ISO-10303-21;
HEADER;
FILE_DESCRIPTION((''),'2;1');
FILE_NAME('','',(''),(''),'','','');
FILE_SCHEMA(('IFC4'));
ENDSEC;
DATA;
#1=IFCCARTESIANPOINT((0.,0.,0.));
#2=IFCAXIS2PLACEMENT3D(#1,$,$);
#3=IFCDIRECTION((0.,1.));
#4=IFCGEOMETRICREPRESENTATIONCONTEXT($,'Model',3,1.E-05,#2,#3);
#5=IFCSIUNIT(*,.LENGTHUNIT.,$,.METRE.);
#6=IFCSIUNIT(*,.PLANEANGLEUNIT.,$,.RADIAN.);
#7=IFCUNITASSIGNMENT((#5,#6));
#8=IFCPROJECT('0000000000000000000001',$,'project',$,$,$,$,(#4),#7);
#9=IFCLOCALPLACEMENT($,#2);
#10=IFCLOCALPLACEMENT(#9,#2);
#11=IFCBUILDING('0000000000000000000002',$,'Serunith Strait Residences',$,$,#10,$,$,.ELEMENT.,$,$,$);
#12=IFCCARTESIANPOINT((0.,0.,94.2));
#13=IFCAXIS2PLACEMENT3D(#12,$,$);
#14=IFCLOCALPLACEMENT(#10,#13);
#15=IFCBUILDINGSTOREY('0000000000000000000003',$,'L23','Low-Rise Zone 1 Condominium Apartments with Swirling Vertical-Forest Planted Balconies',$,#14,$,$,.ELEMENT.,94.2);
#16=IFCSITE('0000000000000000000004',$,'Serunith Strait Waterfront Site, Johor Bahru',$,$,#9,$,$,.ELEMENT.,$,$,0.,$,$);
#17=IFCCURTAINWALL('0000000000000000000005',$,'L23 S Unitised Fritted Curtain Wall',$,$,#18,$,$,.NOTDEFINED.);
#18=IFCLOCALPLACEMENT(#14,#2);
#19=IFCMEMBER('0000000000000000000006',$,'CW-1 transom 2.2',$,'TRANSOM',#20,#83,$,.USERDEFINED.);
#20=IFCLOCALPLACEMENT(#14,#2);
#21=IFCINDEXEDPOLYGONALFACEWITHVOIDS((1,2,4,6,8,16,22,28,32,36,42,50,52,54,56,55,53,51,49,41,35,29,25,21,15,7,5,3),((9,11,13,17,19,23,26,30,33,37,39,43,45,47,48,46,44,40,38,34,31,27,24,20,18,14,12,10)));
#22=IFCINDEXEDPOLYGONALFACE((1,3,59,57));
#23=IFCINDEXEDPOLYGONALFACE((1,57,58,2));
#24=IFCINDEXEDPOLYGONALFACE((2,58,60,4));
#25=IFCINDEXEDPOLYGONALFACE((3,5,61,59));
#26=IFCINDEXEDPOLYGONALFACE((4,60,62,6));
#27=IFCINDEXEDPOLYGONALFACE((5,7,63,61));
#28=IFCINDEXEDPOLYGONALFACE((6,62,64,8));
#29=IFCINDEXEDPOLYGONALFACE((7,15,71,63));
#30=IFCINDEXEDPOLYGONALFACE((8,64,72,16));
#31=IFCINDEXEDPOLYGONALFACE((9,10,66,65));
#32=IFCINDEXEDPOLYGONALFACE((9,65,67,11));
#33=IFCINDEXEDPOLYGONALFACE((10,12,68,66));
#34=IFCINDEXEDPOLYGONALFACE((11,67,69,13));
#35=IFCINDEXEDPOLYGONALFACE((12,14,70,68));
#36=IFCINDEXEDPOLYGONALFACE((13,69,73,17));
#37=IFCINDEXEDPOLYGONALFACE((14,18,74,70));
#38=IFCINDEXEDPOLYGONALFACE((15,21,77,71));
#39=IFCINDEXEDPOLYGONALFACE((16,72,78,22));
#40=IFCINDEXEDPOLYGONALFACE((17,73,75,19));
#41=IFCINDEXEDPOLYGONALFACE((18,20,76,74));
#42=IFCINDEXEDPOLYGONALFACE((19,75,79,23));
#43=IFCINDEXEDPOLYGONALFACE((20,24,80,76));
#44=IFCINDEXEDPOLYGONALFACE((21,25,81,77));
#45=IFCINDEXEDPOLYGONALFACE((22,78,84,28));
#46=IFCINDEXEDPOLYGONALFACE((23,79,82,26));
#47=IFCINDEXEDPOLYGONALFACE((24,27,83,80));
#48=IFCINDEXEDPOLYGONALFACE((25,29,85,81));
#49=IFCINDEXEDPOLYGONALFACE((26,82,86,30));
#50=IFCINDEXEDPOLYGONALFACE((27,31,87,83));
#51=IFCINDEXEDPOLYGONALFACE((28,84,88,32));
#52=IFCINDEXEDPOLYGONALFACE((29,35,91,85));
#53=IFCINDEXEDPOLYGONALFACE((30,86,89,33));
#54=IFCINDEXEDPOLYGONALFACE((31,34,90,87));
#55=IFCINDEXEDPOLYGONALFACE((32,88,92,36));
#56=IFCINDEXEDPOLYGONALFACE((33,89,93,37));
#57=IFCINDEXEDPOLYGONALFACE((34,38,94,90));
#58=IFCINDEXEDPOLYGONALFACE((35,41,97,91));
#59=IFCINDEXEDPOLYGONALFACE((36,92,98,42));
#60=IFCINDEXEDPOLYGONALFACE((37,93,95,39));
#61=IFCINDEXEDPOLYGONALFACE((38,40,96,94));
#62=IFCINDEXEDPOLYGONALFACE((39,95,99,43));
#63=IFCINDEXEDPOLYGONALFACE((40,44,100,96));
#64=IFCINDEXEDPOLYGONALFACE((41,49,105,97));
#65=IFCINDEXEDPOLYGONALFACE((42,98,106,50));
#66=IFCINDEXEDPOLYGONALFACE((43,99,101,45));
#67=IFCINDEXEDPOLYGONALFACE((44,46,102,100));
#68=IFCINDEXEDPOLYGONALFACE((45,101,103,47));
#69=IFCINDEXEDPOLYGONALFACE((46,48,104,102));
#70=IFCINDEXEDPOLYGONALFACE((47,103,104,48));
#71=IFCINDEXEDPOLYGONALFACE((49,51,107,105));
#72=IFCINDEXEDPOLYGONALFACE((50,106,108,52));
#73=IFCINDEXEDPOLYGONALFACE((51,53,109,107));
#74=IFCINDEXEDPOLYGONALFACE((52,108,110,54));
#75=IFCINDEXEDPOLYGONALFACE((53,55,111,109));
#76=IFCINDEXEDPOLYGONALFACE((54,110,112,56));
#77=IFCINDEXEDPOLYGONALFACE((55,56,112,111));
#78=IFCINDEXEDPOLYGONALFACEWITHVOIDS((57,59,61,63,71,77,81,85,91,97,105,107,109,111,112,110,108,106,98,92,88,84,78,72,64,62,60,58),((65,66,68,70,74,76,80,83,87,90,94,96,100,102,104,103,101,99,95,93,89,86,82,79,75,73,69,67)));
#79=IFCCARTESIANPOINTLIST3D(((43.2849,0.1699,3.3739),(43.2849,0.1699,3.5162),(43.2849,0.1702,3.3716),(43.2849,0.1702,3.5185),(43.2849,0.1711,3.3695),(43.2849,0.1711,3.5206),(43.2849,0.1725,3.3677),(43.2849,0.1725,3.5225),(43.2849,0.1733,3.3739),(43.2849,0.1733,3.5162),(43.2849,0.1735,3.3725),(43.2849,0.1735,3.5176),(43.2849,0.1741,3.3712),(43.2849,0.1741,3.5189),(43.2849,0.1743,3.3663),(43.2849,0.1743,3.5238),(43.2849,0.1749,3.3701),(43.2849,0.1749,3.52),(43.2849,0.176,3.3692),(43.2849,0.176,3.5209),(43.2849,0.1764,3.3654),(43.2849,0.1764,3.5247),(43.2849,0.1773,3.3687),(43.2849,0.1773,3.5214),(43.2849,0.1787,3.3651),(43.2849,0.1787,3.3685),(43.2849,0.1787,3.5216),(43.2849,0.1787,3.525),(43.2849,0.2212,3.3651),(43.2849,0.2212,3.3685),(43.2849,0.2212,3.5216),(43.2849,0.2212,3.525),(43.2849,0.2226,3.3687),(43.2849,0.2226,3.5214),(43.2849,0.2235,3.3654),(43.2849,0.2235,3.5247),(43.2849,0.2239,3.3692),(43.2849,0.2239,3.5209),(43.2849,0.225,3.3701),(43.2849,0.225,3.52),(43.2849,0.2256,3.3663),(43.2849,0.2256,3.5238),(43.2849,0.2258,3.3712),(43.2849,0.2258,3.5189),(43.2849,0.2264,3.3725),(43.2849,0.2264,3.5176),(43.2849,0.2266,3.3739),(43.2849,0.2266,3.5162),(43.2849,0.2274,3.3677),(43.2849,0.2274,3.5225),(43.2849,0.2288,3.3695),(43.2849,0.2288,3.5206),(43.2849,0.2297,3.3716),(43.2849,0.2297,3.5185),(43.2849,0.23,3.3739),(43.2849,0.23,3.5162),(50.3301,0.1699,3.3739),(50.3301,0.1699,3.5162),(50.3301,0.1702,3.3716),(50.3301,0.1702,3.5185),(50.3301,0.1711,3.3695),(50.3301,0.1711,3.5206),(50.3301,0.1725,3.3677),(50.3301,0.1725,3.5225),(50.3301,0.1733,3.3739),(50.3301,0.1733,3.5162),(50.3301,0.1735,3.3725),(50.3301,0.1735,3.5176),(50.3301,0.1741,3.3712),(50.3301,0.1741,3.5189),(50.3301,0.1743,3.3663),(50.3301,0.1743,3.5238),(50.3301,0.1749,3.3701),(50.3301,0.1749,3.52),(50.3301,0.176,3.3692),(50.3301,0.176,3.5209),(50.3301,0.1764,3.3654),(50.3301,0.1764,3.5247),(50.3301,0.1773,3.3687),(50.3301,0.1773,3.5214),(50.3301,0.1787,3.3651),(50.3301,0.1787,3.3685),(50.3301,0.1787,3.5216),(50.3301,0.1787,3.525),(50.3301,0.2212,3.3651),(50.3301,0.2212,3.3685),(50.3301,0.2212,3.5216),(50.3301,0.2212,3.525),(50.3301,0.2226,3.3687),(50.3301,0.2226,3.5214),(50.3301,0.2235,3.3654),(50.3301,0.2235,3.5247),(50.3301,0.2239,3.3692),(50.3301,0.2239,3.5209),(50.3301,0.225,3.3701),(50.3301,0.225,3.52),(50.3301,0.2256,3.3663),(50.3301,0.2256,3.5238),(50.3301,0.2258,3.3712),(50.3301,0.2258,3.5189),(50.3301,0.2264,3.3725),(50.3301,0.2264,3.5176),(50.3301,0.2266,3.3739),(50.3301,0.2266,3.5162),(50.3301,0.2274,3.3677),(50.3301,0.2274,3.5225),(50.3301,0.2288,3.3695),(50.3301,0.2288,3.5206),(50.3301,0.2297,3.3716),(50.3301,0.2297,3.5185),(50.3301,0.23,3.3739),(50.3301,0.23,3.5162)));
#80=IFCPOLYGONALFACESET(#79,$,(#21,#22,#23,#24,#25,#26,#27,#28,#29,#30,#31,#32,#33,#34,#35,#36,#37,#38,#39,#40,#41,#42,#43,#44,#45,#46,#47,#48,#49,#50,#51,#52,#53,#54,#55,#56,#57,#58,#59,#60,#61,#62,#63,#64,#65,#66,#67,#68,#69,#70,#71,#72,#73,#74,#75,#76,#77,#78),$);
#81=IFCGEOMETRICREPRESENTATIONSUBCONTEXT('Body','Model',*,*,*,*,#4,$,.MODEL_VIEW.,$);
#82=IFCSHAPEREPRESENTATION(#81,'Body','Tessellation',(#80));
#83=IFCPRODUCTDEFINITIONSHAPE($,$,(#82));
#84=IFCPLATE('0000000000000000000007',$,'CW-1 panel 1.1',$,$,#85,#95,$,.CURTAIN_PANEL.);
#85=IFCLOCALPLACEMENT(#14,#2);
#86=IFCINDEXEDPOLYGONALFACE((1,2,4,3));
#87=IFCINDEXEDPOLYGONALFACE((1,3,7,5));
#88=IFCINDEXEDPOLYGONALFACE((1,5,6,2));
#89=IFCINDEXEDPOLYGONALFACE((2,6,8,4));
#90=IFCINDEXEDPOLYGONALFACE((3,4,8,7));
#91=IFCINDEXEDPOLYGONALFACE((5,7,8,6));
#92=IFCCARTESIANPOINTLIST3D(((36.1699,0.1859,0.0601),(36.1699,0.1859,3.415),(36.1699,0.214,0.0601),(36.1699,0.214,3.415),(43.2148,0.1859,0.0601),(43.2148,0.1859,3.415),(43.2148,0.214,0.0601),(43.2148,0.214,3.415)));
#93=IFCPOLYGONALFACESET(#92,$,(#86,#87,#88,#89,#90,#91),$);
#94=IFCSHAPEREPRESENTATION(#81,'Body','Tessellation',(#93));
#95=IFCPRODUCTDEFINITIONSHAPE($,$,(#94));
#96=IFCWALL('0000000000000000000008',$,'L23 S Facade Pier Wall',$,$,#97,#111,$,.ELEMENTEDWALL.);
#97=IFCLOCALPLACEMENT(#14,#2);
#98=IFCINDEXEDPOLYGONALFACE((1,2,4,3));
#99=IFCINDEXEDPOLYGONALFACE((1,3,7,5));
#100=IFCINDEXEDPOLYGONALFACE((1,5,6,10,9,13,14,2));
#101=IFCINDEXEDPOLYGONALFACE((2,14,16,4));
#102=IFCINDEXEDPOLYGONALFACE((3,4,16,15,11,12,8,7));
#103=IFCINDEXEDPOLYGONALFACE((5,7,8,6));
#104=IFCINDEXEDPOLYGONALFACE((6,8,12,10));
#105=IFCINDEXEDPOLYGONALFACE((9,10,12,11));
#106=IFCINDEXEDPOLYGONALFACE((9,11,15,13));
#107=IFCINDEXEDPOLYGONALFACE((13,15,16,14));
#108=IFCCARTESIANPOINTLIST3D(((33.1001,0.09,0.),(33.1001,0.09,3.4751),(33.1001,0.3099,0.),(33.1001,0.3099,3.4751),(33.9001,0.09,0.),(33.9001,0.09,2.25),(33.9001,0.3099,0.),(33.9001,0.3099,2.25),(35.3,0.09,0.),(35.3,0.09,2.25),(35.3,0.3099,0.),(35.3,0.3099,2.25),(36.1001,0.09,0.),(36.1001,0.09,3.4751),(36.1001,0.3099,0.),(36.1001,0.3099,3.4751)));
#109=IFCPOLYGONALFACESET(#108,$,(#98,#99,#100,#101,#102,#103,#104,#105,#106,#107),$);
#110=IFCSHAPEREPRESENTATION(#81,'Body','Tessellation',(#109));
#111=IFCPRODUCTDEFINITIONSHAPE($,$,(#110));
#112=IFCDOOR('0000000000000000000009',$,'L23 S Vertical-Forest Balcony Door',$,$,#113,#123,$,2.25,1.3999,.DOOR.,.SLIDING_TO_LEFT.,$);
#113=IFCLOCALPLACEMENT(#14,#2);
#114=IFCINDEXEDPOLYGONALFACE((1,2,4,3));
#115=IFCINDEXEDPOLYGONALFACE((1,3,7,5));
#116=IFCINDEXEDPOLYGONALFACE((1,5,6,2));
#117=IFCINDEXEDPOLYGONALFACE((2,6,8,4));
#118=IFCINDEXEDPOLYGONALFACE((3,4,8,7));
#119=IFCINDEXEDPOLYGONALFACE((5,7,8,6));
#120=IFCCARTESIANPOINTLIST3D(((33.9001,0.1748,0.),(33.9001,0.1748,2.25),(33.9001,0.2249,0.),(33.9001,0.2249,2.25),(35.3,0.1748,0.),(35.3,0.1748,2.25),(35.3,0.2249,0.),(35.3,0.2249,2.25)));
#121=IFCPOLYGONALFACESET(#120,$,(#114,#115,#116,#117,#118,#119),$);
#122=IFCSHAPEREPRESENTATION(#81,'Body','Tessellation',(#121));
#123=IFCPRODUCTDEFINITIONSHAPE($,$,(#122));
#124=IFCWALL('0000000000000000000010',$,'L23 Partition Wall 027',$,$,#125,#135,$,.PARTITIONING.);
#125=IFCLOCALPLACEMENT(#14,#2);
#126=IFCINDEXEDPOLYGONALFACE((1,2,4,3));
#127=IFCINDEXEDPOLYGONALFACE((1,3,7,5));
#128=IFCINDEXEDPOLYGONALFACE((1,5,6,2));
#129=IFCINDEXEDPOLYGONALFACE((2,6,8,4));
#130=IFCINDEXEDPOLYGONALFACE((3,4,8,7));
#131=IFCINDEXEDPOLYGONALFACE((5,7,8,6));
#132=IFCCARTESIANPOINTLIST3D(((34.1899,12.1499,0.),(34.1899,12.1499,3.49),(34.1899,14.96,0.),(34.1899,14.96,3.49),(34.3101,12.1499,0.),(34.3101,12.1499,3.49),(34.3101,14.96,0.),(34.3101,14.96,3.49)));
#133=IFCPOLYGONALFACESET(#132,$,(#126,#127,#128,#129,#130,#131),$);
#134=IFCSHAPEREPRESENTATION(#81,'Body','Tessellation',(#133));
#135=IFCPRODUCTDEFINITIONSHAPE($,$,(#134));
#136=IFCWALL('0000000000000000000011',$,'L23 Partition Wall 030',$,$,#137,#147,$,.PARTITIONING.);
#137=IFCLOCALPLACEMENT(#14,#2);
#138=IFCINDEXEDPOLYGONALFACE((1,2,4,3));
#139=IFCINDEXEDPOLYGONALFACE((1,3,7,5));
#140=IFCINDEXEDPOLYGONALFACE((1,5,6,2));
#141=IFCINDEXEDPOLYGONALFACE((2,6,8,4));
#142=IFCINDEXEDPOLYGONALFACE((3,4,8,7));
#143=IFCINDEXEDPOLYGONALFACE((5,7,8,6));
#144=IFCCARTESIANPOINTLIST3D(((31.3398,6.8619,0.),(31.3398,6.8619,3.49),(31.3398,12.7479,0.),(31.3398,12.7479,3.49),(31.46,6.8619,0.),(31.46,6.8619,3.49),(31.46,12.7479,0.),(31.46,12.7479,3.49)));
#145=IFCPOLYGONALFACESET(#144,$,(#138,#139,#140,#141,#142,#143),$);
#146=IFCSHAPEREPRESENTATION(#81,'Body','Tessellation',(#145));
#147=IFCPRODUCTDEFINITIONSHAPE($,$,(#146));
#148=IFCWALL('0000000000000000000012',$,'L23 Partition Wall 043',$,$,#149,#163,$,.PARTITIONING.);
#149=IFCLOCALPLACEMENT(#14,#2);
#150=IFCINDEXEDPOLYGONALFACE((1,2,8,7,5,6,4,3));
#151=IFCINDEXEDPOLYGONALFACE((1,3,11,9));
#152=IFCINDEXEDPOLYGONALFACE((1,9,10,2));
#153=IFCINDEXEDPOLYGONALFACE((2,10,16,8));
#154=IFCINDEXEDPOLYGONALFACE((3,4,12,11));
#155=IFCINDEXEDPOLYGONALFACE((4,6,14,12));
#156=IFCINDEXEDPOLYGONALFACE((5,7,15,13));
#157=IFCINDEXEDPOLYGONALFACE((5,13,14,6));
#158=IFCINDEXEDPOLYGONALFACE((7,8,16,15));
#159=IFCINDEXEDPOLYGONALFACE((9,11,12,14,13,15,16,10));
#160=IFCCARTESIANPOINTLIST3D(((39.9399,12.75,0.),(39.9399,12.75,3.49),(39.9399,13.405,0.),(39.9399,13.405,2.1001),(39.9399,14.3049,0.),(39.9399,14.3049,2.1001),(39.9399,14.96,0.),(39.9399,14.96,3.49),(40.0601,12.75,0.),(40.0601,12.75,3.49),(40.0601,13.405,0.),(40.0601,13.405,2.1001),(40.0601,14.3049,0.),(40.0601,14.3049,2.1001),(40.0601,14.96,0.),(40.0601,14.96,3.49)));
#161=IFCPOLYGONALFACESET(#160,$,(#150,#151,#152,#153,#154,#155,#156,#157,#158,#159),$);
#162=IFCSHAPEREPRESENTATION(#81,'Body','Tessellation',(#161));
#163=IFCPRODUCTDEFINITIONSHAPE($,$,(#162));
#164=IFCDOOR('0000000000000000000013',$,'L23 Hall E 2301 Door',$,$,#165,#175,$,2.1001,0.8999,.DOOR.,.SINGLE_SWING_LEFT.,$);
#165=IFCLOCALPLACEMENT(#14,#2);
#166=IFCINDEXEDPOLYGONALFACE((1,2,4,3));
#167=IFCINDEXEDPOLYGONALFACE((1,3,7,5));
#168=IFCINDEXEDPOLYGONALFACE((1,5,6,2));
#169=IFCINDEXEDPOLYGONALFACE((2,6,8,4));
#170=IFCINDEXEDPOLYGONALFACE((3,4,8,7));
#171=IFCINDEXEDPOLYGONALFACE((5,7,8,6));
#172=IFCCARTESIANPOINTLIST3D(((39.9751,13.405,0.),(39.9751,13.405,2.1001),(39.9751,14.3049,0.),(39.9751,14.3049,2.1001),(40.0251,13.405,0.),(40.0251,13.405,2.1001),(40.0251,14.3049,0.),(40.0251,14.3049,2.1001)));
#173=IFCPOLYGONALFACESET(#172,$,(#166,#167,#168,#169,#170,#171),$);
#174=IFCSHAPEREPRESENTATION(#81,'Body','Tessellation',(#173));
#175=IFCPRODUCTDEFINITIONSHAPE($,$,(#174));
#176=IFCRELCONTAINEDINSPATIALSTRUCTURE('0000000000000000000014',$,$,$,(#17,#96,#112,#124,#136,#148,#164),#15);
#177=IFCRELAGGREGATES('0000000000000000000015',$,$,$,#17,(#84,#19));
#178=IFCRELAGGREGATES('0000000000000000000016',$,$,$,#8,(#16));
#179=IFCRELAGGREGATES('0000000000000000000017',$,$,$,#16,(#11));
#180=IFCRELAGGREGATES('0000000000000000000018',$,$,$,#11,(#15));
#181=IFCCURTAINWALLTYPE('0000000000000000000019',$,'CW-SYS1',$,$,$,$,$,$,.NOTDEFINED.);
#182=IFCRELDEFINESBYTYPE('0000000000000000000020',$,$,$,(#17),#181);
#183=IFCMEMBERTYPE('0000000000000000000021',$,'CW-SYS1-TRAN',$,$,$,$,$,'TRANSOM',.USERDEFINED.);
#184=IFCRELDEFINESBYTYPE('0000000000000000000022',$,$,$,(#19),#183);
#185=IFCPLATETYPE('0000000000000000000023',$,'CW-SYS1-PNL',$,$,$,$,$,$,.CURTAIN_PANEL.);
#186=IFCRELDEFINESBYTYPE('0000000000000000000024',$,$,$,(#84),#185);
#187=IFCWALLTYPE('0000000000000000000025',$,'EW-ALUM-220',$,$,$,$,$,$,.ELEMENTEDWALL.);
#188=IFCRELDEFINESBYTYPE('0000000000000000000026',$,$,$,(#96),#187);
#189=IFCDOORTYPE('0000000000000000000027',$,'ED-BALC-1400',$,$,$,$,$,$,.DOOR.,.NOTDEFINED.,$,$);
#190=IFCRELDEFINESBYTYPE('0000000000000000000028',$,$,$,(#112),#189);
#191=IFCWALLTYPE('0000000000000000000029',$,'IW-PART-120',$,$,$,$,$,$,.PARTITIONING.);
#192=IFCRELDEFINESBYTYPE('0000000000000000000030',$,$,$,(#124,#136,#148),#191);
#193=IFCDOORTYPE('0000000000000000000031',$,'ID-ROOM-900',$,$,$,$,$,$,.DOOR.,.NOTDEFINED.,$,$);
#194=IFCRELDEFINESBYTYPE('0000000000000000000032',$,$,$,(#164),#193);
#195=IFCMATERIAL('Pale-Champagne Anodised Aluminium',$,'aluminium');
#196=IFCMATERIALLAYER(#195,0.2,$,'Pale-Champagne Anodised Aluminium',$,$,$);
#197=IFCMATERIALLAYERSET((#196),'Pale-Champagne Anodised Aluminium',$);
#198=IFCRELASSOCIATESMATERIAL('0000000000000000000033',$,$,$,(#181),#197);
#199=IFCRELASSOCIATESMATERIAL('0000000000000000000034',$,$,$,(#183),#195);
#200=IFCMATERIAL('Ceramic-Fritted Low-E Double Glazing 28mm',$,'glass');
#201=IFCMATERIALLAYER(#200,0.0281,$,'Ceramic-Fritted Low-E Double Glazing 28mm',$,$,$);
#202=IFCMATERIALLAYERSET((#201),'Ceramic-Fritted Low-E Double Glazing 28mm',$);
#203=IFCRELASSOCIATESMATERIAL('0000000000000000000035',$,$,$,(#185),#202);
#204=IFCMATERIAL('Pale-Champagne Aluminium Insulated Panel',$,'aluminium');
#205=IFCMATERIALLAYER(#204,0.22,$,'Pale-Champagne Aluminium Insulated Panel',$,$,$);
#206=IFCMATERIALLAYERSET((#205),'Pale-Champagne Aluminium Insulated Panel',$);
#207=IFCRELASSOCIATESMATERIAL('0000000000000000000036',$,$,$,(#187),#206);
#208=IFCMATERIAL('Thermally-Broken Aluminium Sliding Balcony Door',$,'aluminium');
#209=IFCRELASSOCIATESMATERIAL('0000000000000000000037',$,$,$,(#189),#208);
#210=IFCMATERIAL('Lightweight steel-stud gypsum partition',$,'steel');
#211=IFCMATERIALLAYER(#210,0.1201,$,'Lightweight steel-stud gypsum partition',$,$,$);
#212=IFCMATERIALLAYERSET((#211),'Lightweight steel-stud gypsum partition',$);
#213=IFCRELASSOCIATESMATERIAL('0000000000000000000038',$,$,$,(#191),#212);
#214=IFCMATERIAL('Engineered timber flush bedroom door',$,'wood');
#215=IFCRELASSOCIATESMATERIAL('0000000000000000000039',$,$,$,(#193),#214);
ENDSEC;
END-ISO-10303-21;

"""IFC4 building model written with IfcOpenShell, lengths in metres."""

from ifc_helpers import new_model, si_unit, direction, frame, frame_2d, origin, origin_2d, place, context, subcontext, project, spatial, rectangle, hollow_rectangle, extrude, source, transform, mapped, material, layer, layer_set, material_profile, profile_set, type_object, element, fill, aggregate, save


model = new_model("IFC4")

# Units and contexts
model_context = context("Model", 3, precision=1e-05, world=origin(), true_north=direction((0.0, 1.0)))
body_context = subcontext(model_context, "Body", "Model", "MODEL_VIEW")
ifc_project = project(units=[si_unit("LENGTHUNIT", "METRE"), si_unit("PLANEANGLEUNIT", "RADIAN")], contexts=[model_context])

# Site, building, storey
site_placement = place(None, origin())
site = spatial("IfcSite", under=ifc_project, at=site_placement, Name="Serunith Strait Waterfront Site, Johor Bahru", CompositionType="ELEMENT", RefElevation=0.0)
building_placement = place(site_placement, origin())
building = spatial("IfcBuilding", under=site, at=building_placement, Name="Serunith Strait Residences", CompositionType="ELEMENT")
storey_placement = place(building_placement, frame((0.0, 0.0, 94.2)))
storey = spatial("IfcBuildingStorey", under=building, at=storey_placement, Name="L23", Description="Low-Rise Zone 1 Condominium Apartments with Swirling Vertical-Forest Planted Balconies", CompositionType="ELEMENT", Elevation=94.2)

# Shared definitions
ifc_material_1 = material(Name="Pale-Champagne Anodised Aluminium", Category="aluminium")
ifc_layer_1 = layer(ifc_material_1, 0.2, Name="Pale-Champagne Anodised Aluminium")
ifc_layer_set_1 = layer_set([ifc_layer_1], Name="Pale-Champagne Anodised Aluminium")
curtain_wall_type = type_object("IfcCurtainWallType", Name="CW-SYS1", PredefinedType="NOTDEFINED", material=ifc_layer_set_1)

# Curtain wall, member, plate
curtain_wall_1_placement = place(storey_placement, origin())
curtain_wall_1 = element("IfcCurtainWall", 1, at=curtain_wall_1_placement, inside=storey, type_object=curtain_wall_type, Name="L23 S Unitised Fritted Curtain Wall", PredefinedType="NOTDEFINED")
ifc_material_profile_1 = material_profile(ifc_material_1, hollow_rectangle(XDim=0.0601, YDim=0.1599, WallThickness=0.0034, InnerFilletRadius=0.0054, OuterFilletRadius=0.0088, at=origin_2d()), Name="ALU 160x60x3.5")
ifc_profile_set_1 = profile_set([ifc_material_profile_1], Name="Pale-Champagne Anodised Aluminium")
member_type_1 = type_object("IfcMemberType", Name="CW-SYS1-TRAN", ElementType="TRANSOM", PredefinedType="USERDEFINED", material=ifc_profile_set_1)
shared_shape_1 = source(origin(), body_context, "Body", "SweptSolid", [
    extrude(hollow_rectangle(XDim=0.0601, YDim=0.1599, WallThickness=0.0034, InnerFilletRadius=0.0054, OuterFilletRadius=0.0088, at=origin_2d()), origin(), (0.0, 0.0, 1.0), 7.0452),
])
member_1_placement = place(storey_placement, frame((43.2849, 0.2, 3.4451), z_axis=(1.0, 0.0, 0.0), x_axis=(0.0, 1.0, 0.0)))
member_1 = element("IfcMember", 2, at=member_1_placement, type_object=member_type_1, Name="CW-1 transom 2.2", ObjectType="TRANSOM", PredefinedType="USERDEFINED", context=body_context, shape_type="MappedRepresentation", body=[
    mapped(shared_shape_1, transform((0.0, 0.0, 0.0), scale=1.0)),
])
ifc_material_2 = material(Name="Ceramic-Fritted Low-E Double Glazing 28mm", Category="glass")
ifc_layer_2 = layer(ifc_material_2, 0.0281, Name="Ceramic-Fritted Low-E Double Glazing 28mm")
ifc_layer_set_2 = layer_set([ifc_layer_2], Name="Ceramic-Fritted Low-E Double Glazing 28mm")
plate_type = type_object("IfcPlateType", Name="CW-SYS1-PNL", PredefinedType="CURTAIN_PANEL", material=ifc_layer_set_2)
shared_shape_2 = source(origin(), body_context, "Body", "SweptSolid", [
    extrude(rectangle(XDim=7.0449, YDim=0.0281, at=origin_2d()), origin(), (0.0, 0.0, 1.0), 3.355),
])
plate_placement = place(storey_placement, frame((39.6924, 0.2, 0.0601), z_axis=(0.0, 0.0, 1.0), x_axis=(1.0, 0.0, 0.0)))
plate = element("IfcPlate", 3, at=plate_placement, type_object=plate_type, Name="CW-1 panel 1.1", PredefinedType="CURTAIN_PANEL", context=body_context, shape_type="MappedRepresentation", body=[
    mapped(shared_shape_2, transform((0.0, 0.0, 0.0), scale=1.0)),
])
aggregate(curtain_wall_1, [plate, member_1])

# Wall, opening, door
ifc_material_3 = material(Name="Pale-Champagne Aluminium Insulated Panel", Category="aluminium")
ifc_layer_3 = layer(ifc_material_3, 0.22, Name="Pale-Champagne Aluminium Insulated Panel")
ifc_layer_set_3 = layer_set([ifc_layer_3], Name="Pale-Champagne Aluminium Insulated Panel")
wall_type_1 = type_object("IfcWallType", Name="EW-ALUM-220", PredefinedType="ELEMENTEDWALL", material=ifc_layer_set_3)
wall_1_placement = place(storey_placement, frame((33.1001, 0.2, 0.0), z_axis=(0.0, 0.0, 1.0), x_axis=(1.0, 0.0, 0.0)))
wall_1 = element("IfcWall", 4, at=wall_1_placement, inside=storey, type_object=wall_type_1, Name="L23 S Facade Pier Wall", PredefinedType="ELEMENTEDWALL", context=body_context, shape_type="SweptSolid", body=[
    extrude(rectangle(XDim=3.0, YDim=0.22, at=frame_2d((1.5, 0.0))), origin(), (0.0, 0.0, 1.0), 3.4751),
])
opening_1_placement = place(wall_1_placement, frame((0.8, 0.0, 0.0)))
opening_1 = element("IfcOpeningElement", 5, at=opening_1_placement, cuts=wall_1, PredefinedType="OPENING", context=body_context, shape_type="SweptSolid", body=[
    extrude(rectangle(XDim=1.3999, YDim=2.25, at=frame_2d((0.7, 1.125))), frame((0.0, 0.1201, 0.0), z_axis=(0.0, -1.0, 0.0), x_axis=(1.0, 0.0, 0.0)), (0.0, 0.0, 1.0), 0.24),
])
ifc_material_4 = material(Name="Thermally-Broken Aluminium Sliding Balcony Door", Category="aluminium")
door_type_1 = type_object("IfcDoorType", Name="ED-BALC-1400", OperationType="NOTDEFINED", PredefinedType="DOOR", material=ifc_material_4)
shared_shape_3 = source(origin(), body_context, "Body", "SweptSolid", [
    extrude(rectangle(XDim=1.3999, YDim=2.25, at=frame_2d((0.7, 1.125))), frame((0.0, 0.0249, 0.0), z_axis=(0.0, -1.0, 0.0), x_axis=(1.0, 0.0, 0.0)), (0.0, 0.0, 1.0), 0.05),
])
door_1_placement = place(opening_1_placement, origin())
door_1 = element("IfcDoor", 6, at=door_1_placement, inside=storey, type_object=door_type_1, Name="L23 S Vertical-Forest Balcony Door", OperationType="SLIDING_TO_LEFT", OverallHeight=2.25, OverallWidth=1.3999, PredefinedType="DOOR", context=body_context, shape_type="MappedRepresentation", body=[
    mapped(shared_shape_3, transform((0.0, 0.0, 0.0), scale=1.0)),
])
fill(opening_1, door_1)

# Walls
ifc_material_5 = material(Name="Lightweight steel-stud gypsum partition", Category="steel")
ifc_layer_4 = layer(ifc_material_5, 0.1201, Name="Lightweight steel-stud gypsum partition")
ifc_layer_set_4 = layer_set([ifc_layer_4], Name="Lightweight steel-stud gypsum partition")
wall_type_2 = type_object("IfcWallType", Name="IW-PART-120", PredefinedType="PARTITIONING", material=ifc_layer_set_4)
wall_2_placement = place(storey_placement, frame((34.25, 12.1499, 0.0), z_axis=(0.0, 0.0, 1.0), x_axis=(0.0, 1.0, 0.0)))
element("IfcWall", 7, at=wall_2_placement, inside=storey, type_object=wall_type_2, Name="L23 Partition Wall 027", PredefinedType="PARTITIONING", context=body_context, shape_type="SweptSolid", body=[
    extrude(rectangle(XDim=2.8101, YDim=0.1201, at=frame_2d((1.405, 0.0))), origin(), (0.0, 0.0, 1.0), 3.49),
])
wall_3_placement = place(storey_placement, frame((31.3999, 6.8621, 0.0), z_axis=(0.0, 0.0, 1.0), x_axis=(0.0, 1.0, 0.0)))
element("IfcWall", 8, at=wall_3_placement, inside=storey, type_object=wall_type_2, Name="L23 Partition Wall 030", PredefinedType="PARTITIONING", context=body_context, shape_type="SweptSolid", body=[
    extrude(rectangle(XDim=5.886, YDim=0.1201, at=frame_2d((2.9429, 0.0))), origin(), (0.0, 0.0, 1.0), 3.49),
])

# Wall, opening, door
wall_4_placement = place(storey_placement, frame((40.0, 12.75, 0.0), z_axis=(0.0, 0.0, 1.0), x_axis=(0.0, 1.0, 0.0)))
wall_4 = element("IfcWall", 9, at=wall_4_placement, inside=storey, type_object=wall_type_2, Name="L23 Partition Wall 043", PredefinedType="PARTITIONING", context=body_context, shape_type="SweptSolid", body=[
    extrude(rectangle(XDim=2.21, YDim=0.1201, at=frame_2d((1.105, 0.0))), origin(), (0.0, 0.0, 1.0), 3.49),
])
opening_2_placement = place(wall_4_placement, frame((0.655, 0.0, 0.0)))
opening_2 = element("IfcOpeningElement", 10, at=opening_2_placement, cuts=wall_4, PredefinedType="OPENING", context=body_context, shape_type="SweptSolid", body=[
    extrude(rectangle(XDim=0.8999, YDim=2.1001, at=frame_2d((0.45, 1.05))), frame((0.0, 0.0701, 0.0), z_axis=(0.0, -1.0, 0.0), x_axis=(1.0, 0.0, 0.0)), (0.0, 0.0, 1.0), 0.1401),
])
ifc_material_6 = material(Name="Engineered timber flush bedroom door", Category="wood")
door_type_2 = type_object("IfcDoorType", Name="ID-ROOM-900", OperationType="NOTDEFINED", PredefinedType="DOOR", material=ifc_material_6)
shared_shape_4 = source(origin(), body_context, "Body", "SweptSolid", [
    extrude(rectangle(XDim=0.8999, YDim=2.1001, at=frame_2d((0.45, 1.05))), frame((0.0, 0.0249, 0.0), z_axis=(0.0, -1.0, 0.0), x_axis=(1.0, 0.0, 0.0)), (0.0, 0.0, 1.0), 0.05),
])
door_2_placement = place(opening_2_placement, origin())
door_2 = element("IfcDoor", 11, at=door_2_placement, inside=storey, type_object=door_type_2, Name="L23 Hall E 2301 Door", OperationType="SINGLE_SWING_LEFT", OverallHeight=2.1001, OverallWidth=0.8999, PredefinedType="DOOR", context=body_context, shape_type="MappedRepresentation", body=[
    mapped(shared_shape_4, transform((0.0, 0.0, 0.0), scale=1.0)),
])
fill(opening_2, door_2)

save(model, "model.ifc")
